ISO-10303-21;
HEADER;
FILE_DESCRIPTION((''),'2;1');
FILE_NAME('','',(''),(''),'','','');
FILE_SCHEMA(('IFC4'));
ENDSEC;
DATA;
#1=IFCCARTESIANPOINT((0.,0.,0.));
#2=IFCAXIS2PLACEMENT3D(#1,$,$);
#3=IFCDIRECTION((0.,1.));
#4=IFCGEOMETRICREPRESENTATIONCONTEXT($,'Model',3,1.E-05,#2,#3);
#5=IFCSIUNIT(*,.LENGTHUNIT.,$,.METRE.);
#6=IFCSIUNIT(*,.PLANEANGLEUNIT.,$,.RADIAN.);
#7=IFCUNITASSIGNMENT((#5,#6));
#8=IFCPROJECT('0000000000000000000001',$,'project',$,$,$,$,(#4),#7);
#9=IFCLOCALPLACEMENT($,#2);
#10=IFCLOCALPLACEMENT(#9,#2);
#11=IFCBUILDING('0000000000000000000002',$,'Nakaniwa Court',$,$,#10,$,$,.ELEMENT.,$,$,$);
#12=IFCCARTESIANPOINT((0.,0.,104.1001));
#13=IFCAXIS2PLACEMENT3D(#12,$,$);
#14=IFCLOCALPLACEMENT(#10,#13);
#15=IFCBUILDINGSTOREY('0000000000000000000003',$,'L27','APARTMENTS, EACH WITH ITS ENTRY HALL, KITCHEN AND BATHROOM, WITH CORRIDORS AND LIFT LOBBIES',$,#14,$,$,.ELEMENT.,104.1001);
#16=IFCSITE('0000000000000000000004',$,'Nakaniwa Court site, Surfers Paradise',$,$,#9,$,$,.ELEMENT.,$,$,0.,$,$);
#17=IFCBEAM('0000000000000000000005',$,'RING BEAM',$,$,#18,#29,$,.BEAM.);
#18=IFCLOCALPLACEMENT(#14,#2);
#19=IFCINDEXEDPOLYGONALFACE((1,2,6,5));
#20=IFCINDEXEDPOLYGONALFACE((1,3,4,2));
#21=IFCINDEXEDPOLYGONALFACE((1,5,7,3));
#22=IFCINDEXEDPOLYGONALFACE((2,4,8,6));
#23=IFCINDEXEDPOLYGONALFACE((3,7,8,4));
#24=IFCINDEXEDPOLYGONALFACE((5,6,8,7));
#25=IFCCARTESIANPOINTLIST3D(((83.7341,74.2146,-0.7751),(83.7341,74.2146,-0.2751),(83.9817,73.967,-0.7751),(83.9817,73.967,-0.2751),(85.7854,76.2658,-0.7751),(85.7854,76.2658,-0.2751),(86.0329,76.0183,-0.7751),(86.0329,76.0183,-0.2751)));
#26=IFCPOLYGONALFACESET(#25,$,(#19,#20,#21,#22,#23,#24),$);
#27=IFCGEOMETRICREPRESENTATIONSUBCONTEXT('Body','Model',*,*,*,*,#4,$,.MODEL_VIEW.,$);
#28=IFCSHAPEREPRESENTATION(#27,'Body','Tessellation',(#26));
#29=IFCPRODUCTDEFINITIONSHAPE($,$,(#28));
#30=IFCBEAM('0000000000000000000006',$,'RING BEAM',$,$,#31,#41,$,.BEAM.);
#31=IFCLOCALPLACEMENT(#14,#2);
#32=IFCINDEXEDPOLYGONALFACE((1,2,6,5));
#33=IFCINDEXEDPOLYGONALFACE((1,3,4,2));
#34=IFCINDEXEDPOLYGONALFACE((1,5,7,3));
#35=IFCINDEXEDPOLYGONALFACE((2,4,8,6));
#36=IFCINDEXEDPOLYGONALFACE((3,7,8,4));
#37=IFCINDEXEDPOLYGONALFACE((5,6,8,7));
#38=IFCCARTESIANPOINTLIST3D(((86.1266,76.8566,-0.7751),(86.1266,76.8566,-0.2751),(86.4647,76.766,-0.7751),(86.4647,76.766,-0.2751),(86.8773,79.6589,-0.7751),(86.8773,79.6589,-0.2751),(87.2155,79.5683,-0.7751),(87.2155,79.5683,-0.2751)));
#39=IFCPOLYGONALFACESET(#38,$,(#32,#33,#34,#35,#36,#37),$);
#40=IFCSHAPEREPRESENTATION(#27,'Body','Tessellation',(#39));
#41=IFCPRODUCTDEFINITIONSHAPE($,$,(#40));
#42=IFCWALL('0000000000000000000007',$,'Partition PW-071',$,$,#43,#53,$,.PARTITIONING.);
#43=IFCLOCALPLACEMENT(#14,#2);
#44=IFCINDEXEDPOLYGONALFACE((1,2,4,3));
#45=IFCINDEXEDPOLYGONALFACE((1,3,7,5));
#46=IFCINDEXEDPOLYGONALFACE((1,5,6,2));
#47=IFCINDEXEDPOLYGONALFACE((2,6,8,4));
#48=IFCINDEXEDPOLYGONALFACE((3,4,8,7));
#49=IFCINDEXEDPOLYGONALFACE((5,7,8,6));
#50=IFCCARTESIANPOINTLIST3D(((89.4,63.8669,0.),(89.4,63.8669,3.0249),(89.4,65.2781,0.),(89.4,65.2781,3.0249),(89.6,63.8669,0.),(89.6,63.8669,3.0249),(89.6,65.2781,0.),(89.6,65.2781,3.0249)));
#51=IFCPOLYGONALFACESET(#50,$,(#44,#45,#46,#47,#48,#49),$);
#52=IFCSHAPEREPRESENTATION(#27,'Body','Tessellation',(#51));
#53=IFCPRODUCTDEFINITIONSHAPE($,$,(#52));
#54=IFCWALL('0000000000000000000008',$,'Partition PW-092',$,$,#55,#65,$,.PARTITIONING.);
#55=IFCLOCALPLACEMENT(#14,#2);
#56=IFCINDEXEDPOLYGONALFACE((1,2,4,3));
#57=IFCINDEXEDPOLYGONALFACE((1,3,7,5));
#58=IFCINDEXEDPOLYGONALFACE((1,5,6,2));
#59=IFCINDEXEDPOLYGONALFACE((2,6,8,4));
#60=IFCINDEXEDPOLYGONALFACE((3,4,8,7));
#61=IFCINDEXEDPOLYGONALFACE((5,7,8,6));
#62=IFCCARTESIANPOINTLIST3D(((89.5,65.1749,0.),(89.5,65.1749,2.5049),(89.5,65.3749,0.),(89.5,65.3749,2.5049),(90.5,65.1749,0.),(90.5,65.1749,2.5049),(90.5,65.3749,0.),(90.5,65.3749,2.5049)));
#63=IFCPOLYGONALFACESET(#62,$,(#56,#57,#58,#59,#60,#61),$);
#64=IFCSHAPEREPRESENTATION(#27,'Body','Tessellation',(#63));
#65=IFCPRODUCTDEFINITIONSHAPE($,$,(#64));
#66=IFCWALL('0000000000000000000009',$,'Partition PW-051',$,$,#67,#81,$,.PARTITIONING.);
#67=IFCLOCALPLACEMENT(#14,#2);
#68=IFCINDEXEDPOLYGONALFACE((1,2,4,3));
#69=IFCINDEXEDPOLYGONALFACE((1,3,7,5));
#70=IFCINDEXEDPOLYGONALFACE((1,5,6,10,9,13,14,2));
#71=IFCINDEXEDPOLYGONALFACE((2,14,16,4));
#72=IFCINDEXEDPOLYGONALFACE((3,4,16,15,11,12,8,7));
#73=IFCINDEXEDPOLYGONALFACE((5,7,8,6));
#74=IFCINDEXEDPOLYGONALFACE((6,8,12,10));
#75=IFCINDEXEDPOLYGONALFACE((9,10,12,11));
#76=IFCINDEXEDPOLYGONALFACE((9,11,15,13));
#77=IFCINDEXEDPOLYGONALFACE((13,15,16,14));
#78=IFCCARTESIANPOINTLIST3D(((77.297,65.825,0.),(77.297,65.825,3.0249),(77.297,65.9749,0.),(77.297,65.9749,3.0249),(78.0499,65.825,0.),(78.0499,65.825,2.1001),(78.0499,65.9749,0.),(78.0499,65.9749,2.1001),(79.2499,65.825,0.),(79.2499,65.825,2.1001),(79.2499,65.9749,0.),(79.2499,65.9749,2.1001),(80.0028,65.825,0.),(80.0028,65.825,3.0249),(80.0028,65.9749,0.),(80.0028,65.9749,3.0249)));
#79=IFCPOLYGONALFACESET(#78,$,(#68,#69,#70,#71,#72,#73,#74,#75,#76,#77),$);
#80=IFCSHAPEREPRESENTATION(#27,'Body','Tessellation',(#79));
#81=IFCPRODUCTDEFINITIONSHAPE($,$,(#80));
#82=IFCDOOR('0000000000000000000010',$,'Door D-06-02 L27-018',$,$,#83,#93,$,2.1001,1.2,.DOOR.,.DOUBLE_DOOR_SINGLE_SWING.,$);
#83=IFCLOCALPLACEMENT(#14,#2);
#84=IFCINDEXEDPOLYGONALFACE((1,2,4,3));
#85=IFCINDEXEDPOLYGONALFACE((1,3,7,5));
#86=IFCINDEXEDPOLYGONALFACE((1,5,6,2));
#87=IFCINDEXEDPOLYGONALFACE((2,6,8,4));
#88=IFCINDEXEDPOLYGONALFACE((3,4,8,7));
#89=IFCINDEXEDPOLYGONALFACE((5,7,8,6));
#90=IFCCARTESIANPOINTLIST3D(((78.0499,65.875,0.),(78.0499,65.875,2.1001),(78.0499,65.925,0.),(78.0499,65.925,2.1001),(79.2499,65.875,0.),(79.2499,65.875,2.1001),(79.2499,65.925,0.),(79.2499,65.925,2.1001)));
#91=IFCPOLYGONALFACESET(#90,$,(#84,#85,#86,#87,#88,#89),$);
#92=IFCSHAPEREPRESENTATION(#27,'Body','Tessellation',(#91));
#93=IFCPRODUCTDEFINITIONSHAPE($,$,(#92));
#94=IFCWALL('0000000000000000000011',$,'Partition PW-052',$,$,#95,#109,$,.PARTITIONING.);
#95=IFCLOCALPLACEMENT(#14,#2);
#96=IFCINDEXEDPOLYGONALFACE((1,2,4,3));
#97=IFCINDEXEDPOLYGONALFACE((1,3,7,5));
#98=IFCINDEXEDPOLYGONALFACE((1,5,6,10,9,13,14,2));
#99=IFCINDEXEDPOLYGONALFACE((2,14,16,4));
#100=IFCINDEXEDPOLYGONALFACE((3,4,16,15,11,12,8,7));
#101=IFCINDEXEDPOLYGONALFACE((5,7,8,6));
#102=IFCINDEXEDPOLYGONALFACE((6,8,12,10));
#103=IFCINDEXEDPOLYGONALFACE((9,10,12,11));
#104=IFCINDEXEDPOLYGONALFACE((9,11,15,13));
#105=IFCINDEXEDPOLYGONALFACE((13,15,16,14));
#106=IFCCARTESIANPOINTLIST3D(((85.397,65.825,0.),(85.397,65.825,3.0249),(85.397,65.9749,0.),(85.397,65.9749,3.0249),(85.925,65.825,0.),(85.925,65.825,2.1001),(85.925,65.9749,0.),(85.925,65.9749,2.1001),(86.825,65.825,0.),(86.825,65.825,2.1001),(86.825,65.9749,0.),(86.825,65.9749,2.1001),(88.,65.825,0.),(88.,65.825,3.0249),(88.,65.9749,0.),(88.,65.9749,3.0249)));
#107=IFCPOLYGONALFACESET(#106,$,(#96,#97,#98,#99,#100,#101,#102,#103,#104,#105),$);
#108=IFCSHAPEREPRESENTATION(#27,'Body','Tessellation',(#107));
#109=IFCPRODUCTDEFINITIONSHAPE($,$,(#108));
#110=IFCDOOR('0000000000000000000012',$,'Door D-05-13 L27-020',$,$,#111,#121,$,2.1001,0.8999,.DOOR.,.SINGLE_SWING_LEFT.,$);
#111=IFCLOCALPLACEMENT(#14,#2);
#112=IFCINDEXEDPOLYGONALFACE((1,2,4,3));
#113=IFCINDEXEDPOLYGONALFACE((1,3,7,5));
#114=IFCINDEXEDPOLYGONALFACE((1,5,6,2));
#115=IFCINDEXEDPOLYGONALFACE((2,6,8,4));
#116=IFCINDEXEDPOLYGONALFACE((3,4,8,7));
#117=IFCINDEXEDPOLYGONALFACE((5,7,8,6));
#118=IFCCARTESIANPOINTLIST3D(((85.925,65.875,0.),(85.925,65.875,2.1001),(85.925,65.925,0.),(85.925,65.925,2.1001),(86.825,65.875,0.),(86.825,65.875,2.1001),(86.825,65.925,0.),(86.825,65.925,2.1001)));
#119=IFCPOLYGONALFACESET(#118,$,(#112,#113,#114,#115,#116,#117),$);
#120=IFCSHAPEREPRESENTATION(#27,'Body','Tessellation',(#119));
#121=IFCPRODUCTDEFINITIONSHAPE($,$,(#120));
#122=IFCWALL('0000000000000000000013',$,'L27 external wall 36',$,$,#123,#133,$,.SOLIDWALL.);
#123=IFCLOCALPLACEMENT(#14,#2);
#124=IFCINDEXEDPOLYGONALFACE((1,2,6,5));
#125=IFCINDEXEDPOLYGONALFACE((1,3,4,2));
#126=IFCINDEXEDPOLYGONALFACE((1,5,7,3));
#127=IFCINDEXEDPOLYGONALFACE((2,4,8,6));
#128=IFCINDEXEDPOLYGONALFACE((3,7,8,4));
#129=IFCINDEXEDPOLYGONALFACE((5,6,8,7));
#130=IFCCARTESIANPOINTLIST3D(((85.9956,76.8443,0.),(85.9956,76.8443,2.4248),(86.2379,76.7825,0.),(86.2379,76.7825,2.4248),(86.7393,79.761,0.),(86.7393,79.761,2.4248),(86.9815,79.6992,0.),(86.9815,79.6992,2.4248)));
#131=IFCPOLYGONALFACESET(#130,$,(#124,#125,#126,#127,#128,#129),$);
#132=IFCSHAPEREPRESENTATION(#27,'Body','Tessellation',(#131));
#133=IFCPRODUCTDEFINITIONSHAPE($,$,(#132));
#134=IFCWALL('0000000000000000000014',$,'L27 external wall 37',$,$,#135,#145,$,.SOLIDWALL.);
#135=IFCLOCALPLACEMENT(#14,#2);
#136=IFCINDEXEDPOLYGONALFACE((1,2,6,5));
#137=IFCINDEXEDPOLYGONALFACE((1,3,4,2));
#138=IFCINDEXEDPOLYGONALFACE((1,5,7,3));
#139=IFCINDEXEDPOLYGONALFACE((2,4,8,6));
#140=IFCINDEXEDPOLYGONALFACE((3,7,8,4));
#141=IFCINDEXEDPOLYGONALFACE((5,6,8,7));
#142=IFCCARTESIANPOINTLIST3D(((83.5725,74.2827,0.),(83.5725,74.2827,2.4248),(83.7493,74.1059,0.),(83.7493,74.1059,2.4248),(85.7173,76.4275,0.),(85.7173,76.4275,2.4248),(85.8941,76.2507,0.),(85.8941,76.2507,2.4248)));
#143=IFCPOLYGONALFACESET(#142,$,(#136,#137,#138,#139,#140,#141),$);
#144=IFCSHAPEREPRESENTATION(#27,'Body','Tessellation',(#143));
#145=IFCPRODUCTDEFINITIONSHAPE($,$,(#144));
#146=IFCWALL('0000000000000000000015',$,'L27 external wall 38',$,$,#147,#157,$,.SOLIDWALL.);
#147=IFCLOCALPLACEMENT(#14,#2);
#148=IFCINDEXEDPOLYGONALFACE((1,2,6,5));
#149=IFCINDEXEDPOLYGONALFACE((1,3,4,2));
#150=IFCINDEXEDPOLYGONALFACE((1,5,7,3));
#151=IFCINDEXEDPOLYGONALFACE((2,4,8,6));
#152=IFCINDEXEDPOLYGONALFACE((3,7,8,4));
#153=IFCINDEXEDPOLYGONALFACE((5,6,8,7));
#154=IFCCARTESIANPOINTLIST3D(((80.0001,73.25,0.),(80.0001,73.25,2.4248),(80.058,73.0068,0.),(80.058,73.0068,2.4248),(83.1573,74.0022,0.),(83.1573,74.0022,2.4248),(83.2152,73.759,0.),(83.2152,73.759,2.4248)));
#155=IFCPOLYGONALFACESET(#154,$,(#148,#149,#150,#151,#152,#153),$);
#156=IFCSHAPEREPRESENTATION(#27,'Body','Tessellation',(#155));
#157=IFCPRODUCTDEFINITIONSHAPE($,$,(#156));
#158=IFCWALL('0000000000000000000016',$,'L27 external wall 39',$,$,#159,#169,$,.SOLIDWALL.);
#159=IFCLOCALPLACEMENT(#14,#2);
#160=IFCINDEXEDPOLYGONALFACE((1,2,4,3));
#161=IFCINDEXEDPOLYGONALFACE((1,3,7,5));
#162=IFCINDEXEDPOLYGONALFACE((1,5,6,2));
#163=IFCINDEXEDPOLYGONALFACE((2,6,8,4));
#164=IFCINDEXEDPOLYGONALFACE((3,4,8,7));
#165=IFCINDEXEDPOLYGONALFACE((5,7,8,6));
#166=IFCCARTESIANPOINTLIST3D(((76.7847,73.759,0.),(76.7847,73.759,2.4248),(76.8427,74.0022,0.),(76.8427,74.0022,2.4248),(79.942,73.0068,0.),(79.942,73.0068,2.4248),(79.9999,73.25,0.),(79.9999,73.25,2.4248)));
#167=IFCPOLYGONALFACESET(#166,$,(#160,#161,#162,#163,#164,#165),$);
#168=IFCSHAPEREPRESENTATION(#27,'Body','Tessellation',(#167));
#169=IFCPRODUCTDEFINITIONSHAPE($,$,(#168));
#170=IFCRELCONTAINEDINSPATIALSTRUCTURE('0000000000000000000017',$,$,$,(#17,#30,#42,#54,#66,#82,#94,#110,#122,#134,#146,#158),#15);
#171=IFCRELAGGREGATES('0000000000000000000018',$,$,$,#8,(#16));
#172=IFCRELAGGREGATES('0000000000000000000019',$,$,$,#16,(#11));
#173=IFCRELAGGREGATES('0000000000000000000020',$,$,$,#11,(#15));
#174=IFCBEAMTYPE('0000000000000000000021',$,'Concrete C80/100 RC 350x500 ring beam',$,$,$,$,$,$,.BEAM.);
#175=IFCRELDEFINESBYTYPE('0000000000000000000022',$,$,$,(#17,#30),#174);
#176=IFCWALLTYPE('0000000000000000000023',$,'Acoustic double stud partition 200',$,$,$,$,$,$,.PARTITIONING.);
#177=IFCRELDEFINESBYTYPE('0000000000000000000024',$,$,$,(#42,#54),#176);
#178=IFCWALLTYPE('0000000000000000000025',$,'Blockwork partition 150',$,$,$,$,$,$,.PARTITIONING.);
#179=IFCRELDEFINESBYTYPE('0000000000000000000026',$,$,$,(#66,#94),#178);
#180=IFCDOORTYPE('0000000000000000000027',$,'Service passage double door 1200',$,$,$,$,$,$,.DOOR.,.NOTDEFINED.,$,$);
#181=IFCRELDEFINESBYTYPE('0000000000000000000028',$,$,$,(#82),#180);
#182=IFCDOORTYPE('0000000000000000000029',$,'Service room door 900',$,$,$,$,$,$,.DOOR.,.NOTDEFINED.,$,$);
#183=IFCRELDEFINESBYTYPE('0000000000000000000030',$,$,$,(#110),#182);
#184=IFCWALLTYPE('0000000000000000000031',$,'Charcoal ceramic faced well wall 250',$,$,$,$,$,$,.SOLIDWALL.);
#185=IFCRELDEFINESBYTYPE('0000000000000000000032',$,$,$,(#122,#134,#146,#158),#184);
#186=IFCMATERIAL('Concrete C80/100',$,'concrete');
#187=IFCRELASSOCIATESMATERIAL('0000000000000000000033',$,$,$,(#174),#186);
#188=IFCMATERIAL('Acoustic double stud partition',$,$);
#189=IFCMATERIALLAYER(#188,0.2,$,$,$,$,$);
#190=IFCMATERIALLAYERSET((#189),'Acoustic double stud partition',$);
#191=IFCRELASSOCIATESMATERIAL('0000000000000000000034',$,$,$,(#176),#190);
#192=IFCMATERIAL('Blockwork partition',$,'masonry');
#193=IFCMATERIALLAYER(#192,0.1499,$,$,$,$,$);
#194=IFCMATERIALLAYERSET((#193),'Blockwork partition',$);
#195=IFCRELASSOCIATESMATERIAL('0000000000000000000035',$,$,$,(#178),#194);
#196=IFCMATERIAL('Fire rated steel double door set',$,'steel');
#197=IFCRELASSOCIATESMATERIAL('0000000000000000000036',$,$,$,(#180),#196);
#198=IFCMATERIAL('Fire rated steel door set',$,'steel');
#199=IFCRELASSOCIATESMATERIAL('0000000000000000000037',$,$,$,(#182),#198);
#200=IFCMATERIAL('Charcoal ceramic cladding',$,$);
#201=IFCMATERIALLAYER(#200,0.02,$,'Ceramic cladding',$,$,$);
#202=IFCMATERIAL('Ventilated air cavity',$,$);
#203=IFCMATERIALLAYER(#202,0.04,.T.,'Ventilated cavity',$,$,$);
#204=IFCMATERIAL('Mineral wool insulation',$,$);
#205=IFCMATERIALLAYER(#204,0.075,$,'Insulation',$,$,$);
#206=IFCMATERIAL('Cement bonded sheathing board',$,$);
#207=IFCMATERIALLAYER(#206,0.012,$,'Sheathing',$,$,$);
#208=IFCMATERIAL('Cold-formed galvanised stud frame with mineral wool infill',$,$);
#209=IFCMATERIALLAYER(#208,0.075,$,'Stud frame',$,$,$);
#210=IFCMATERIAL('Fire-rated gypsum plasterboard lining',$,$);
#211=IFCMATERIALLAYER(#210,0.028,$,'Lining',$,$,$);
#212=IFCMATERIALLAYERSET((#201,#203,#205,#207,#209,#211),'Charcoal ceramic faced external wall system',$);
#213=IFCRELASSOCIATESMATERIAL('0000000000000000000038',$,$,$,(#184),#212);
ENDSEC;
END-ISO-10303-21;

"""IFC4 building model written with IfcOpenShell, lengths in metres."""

from ifc_helpers import new_model, si_unit, direction, frame, frame_2d, origin, origin_2d, place, context, subcontext, project, spatial, rectangle, extrude, material, layer, layer_set, material_profile, profile_set, type_object, element, fill, save


model = new_model("IFC4")

# Units and contexts
model_context = context("Model", 3, precision=1e-05, world=origin(), true_north=direction((0.0, 1.0)))
body_context = subcontext(model_context, "Body", "Model", "MODEL_VIEW")
ifc_project = project(units=[si_unit("LENGTHUNIT", "METRE"), si_unit("PLANEANGLEUNIT", "RADIAN")], contexts=[model_context])

# Site, building, storey
site_placement = place(None, origin())
site = spatial("IfcSite", under=ifc_project, at=site_placement, Name="Nakaniwa Court site, Surfers Paradise", CompositionType="ELEMENT", RefElevation=0.0)
building_placement = place(site_placement, origin())
building = spatial("IfcBuilding", under=site, at=building_placement, Name="Nakaniwa Court", CompositionType="ELEMENT")
storey_placement = place(building_placement, frame((0.0, 0.0, 104.1001)))
storey = spatial("IfcBuildingStorey", under=building, at=storey_placement, Name="L27", Description="APARTMENTS, EACH WITH ITS ENTRY HALL, KITCHEN AND BATHROOM, WITH CORRIDORS AND LIFT LOBBIES", CompositionType="ELEMENT", Elevation=104.1001)

# Shared definitions
ifc_material_1 = material(Name="Concrete C80/100", Category="concrete")

# Beams
ifc_material_profile_1 = material_profile(ifc_material_1, rectangle(XDim=0.3501, YDim=0.5, at=origin_2d()), Name="Concrete C80/100 RC 350x500 ring beam")
ifc_profile_set_1 = profile_set([ifc_material_profile_1], Name="Concrete C80/100")
beam_type = type_object("IfcBeamType", Name="Concrete C80/100 RC 350x500 ring beam", PredefinedType="BEAM", material=ifc_profile_set_1)
beam_1_placement = place(storey_placement, frame((83.8579, 74.0908, -0.5251), z_axis=(0.707107, 0.707107, 0.0), x_axis=(-0.707107, 0.707107, 0.0)))
element("IfcBeam", 1, at=beam_1_placement, inside=storey, type_object=beam_type, Name="RING BEAM", PredefinedType="BEAM", context=body_context, shape_type="SweptSolid", body=[
    extrude(rectangle(XDim=0.3501, YDim=0.5, at=origin_2d()), origin(), (0.0, 0.0, 1.0), 2.9009),
])
beam_2_placement = place(storey_placement, frame((86.2957, 76.8113, -0.5251), z_axis=(0.258778, 0.965937, 0.0), x_axis=(-0.965937, 0.258778, 0.0)))
element("IfcBeam", 2, at=beam_2_placement, inside=storey, type_object=beam_type, Name="RING BEAM", PredefinedType="BEAM", context=body_context, shape_type="SweptSolid", body=[
    extrude(rectangle(XDim=0.3501, YDim=0.5, at=origin_2d()), origin(), (0.0, 0.0, 1.0), 2.9011),
])

# Walls
ifc_material_2 = material(Name="Acoustic double stud partition")
ifc_layer_1 = layer(ifc_material_2, 0.2)
ifc_layer_set_1 = layer_set([ifc_layer_1], Name="Acoustic double stud partition")
wall_type_1 = type_object("IfcWallType", Name="Acoustic double stud partition 200", PredefinedType="PARTITIONING", material=ifc_layer_set_1)
wall_1_placement = place(storey_placement, frame((89.5, 63.8669, 0.0), z_axis=(0.0, 0.0, 1.0), x_axis=(0.0, 1.0, 0.0)))
element("IfcWall", 3, at=wall_1_placement, inside=storey, type_object=wall_type_1, Name="Partition PW-071", PredefinedType="PARTITIONING", context=body_context, shape_type="SweptSolid", body=[
    extrude(rectangle(XDim=1.4111, YDim=0.2, at=frame_2d((0.7056, 0.0))), origin(), (0.0, 0.0, 1.0), 3.0249),
])
wall_2_placement = place(storey_placement, frame((89.5, 65.2749, 0.0), z_axis=(0.0, 0.0, 1.0), x_axis=(1.0, 0.0, 0.0)))
element("IfcWall", 4, at=wall_2_placement, inside=storey, type_object=wall_type_1, Name="Partition PW-092", PredefinedType="PARTITIONING", context=body_context, shape_type="SweptSolid", body=[
    extrude(rectangle(XDim=1.0, YDim=0.2, at=frame_2d((0.5, 0.0))), origin(), (0.0, 0.0, 1.0), 2.5049),
])

# Walls, openings, doors
ifc_material_3 = material(Name="Blockwork partition", Category="masonry")
ifc_layer_2 = layer(ifc_material_3, 0.1499)
ifc_layer_set_2 = layer_set([ifc_layer_2], Name="Blockwork partition")
wall_type_2 = type_object("IfcWallType", Name="Blockwork partition 150", PredefinedType="PARTITIONING", material=ifc_layer_set_2)
wall_3_placement = place(storey_placement, frame((80.0029, 65.8999, 0.0), z_axis=(0.0, 0.0, 1.0), x_axis=(-1.0, 0.0, 0.0)))
wall_3 = element("IfcWall", 5, at=wall_3_placement, inside=storey, type_object=wall_type_2, Name="Partition PW-051", PredefinedType="PARTITIONING", context=body_context, shape_type="SweptSolid", body=[
    extrude(rectangle(XDim=2.7058, YDim=0.1499, at=frame_2d((1.353, 0.0))), origin(), (0.0, 0.0, 1.0), 3.0249),
])
opening_1_placement = place(wall_3_placement, frame((0.7529, 0.0, 0.0)))
opening_1 = element("IfcOpeningElement", 6, at=opening_1_placement, cuts=wall_3, PredefinedType="OPENING", context=body_context, shape_type="SweptSolid", body=[
    extrude(rectangle(XDim=1.2, YDim=2.1001, at=frame_2d((0.6001, 1.05))), frame((0.0, 0.085, 0.0), z_axis=(0.0, -1.0, 0.0), x_axis=(1.0, 0.0, 0.0)), (0.0, 0.0, 1.0), 0.1699),
])
ifc_material_4 = material(Name="Fire rated steel double door set", Category="steel")
door_type_1 = type_object("IfcDoorType", Name="Service passage double door 1200", OperationType="NOTDEFINED", PredefinedType="DOOR", material=ifc_material_4)
door_1_placement = place(opening_1_placement, origin())
door_1 = element("IfcDoor", 7, at=door_1_placement, inside=storey, type_object=door_type_1, Name="Door D-06-02 L27-018", OperationType="DOUBLE_DOOR_SINGLE_SWING", OverallHeight=2.1001, OverallWidth=1.2, PredefinedType="DOOR", context=body_context, shape_type="SweptSolid", body=[
    extrude(rectangle(XDim=1.2, YDim=2.1001, at=frame_2d((0.6001, 1.05))), frame((0.0, 0.0249, 0.0), z_axis=(0.0, -1.0, 0.0), x_axis=(1.0, 0.0, 0.0)), (0.0, 0.0, 1.0), 0.05),
])
fill(opening_1, door_1)
wall_4_placement = place(storey_placement, frame((88.0, 65.8999, 0.0), z_axis=(0.0, 0.0, 1.0), x_axis=(-1.0, 0.0, 0.0)))
wall_4 = element("IfcWall", 8, at=wall_4_placement, inside=storey, type_object=wall_type_2, Name="Partition PW-052", PredefinedType="PARTITIONING", context=body_context, shape_type="SweptSolid", body=[
    extrude(rectangle(XDim=2.603, YDim=0.1499, at=frame_2d((1.3015, 0.0))), origin(), (0.0, 0.0, 1.0), 3.0249),
])
opening_2_placement = place(wall_4_placement, frame((1.175, 0.0, 0.0)))
opening_2 = element("IfcOpeningElement", 9, at=opening_2_placement, cuts=wall_4, PredefinedType="OPENING", context=body_context, shape_type="SweptSolid", body=[
    extrude(rectangle(XDim=0.8999, YDim=2.1001, at=frame_2d((0.45, 1.05))), frame((0.0, 0.085, 0.0), z_axis=(0.0, -1.0, 0.0), x_axis=(1.0, 0.0, 0.0)), (0.0, 0.0, 1.0), 0.1699),
])
ifc_material_5 = material(Name="Fire rated steel door set", Category="steel")
door_type_2 = type_object("IfcDoorType", Name="Service room door 900", OperationType="NOTDEFINED", PredefinedType="DOOR", material=ifc_material_5)
door_2_placement = place(opening_2_placement, origin())
door_2 = element("IfcDoor", 10, at=door_2_placement, inside=storey, type_object=door_type_2, Name="Door D-05-13 L27-020", OperationType="SINGLE_SWING_LEFT", OverallHeight=2.1001, OverallWidth=0.8999, PredefinedType="DOOR", context=body_context, shape_type="SweptSolid", body=[
    extrude(rectangle(XDim=0.8999, YDim=2.1001, at=frame_2d((0.45, 1.05))), frame((0.0, 0.0249, 0.0), z_axis=(0.0, -1.0, 0.0), x_axis=(1.0, 0.0, 0.0)), (0.0, 0.0, 1.0), 0.05),
])
fill(opening_2, door_2)

# Walls
ifc_material_6 = material(Name="Charcoal ceramic cladding")
ifc_layer_3 = layer(ifc_material_6, 0.02, Name="Ceramic cladding")
ifc_material_7 = material(Name="Ventilated air cavity")
ifc_layer_4 = layer(ifc_material_7, 0.04, ventilated=True, Name="Ventilated cavity")
ifc_material_8 = material(Name="Mineral wool insulation")
ifc_layer_5 = layer(ifc_material_8, 0.075, Name="Insulation")
ifc_material_9 = material(Name="Cement bonded sheathing board")
ifc_layer_6 = layer(ifc_material_9, 0.012, Name="Sheathing")
ifc_material_10 = material(Name="Cold-formed galvanised stud frame with mineral wool infill")
ifc_layer_7 = layer(ifc_material_10, 0.075, Name="Stud frame")
ifc_material_11 = material(Name="Fire-rated gypsum plasterboard lining")
ifc_layer_8 = layer(ifc_material_11, 0.028, Name="Lining")
ifc_layer_set_3 = layer_set([ifc_layer_3, ifc_layer_4, ifc_layer_5, ifc_layer_6, ifc_layer_7, ifc_layer_8], Name="Charcoal ceramic faced external wall system")
wall_type_3 = type_object("IfcWallType", Name="Charcoal ceramic faced well wall 250", PredefinedType="SOLIDWALL", material=ifc_layer_set_3)
wall_5_placement = place(storey_placement, frame((86.8604, 79.73, 0.0), z_axis=(0.0, 0.0, 1.0), x_axis=(-0.247056, -0.969001, 0.0)))
element("IfcWall", 11, at=wall_5_placement, inside=storey, type_object=wall_type_3, Name="L27 external wall 36", PredefinedType="SOLIDWALL", context=body_context, shape_type="SweptSolid", body=[
    extrude(rectangle(XDim=3.01, YDim=0.25, at=frame_2d((1.5049, 0.0))), origin(), (0.0, 0.0, 1.0), 2.4248),
])
wall_6_placement = place(storey_placement, frame((85.8057, 76.3391, 0.0), z_axis=(0.0, 0.0, 1.0), x_axis=(-0.707107, -0.707107, 0.0)))
element("IfcWall", 12, at=wall_6_placement, inside=storey, type_object=wall_type_3, Name="L27 external wall 37", PredefinedType="SOLIDWALL", context=body_context, shape_type="SweptSolid", body=[
    extrude(rectangle(XDim=3.0332, YDim=0.25, at=frame_2d((1.5166, 0.0))), origin(), (0.0, 0.0, 1.0), 2.4248),
])
for number, where, z_axis, x_axis, name in (
    (13, (83.1863, 73.8806, 0.0), (0.0, 0.0, 1.0), (-0.972773, -0.23176, 0.0), "L27 external wall 38"),
    (14, (79.9709, 73.1284, 0.0), (0.0, 0.0, 1.0), (-0.972773, 0.23176, 0.0), "L27 external wall 39"),
):
    element("IfcWall", number, at=place(storey_placement, frame(where, z_axis=z_axis, x_axis=x_axis)), inside=storey, type_object=wall_type_3, Name=name, PredefinedType="SOLIDWALL", context=body_context, shape_type="SweptSolid", body=[
        extrude(rectangle(XDim=3.2456, YDim=0.25, at=frame_2d((1.6228, 0.0))), origin(), (0.0, 0.0, 1.0), 2.4248),
    ])

save(model, "model.ifc")
